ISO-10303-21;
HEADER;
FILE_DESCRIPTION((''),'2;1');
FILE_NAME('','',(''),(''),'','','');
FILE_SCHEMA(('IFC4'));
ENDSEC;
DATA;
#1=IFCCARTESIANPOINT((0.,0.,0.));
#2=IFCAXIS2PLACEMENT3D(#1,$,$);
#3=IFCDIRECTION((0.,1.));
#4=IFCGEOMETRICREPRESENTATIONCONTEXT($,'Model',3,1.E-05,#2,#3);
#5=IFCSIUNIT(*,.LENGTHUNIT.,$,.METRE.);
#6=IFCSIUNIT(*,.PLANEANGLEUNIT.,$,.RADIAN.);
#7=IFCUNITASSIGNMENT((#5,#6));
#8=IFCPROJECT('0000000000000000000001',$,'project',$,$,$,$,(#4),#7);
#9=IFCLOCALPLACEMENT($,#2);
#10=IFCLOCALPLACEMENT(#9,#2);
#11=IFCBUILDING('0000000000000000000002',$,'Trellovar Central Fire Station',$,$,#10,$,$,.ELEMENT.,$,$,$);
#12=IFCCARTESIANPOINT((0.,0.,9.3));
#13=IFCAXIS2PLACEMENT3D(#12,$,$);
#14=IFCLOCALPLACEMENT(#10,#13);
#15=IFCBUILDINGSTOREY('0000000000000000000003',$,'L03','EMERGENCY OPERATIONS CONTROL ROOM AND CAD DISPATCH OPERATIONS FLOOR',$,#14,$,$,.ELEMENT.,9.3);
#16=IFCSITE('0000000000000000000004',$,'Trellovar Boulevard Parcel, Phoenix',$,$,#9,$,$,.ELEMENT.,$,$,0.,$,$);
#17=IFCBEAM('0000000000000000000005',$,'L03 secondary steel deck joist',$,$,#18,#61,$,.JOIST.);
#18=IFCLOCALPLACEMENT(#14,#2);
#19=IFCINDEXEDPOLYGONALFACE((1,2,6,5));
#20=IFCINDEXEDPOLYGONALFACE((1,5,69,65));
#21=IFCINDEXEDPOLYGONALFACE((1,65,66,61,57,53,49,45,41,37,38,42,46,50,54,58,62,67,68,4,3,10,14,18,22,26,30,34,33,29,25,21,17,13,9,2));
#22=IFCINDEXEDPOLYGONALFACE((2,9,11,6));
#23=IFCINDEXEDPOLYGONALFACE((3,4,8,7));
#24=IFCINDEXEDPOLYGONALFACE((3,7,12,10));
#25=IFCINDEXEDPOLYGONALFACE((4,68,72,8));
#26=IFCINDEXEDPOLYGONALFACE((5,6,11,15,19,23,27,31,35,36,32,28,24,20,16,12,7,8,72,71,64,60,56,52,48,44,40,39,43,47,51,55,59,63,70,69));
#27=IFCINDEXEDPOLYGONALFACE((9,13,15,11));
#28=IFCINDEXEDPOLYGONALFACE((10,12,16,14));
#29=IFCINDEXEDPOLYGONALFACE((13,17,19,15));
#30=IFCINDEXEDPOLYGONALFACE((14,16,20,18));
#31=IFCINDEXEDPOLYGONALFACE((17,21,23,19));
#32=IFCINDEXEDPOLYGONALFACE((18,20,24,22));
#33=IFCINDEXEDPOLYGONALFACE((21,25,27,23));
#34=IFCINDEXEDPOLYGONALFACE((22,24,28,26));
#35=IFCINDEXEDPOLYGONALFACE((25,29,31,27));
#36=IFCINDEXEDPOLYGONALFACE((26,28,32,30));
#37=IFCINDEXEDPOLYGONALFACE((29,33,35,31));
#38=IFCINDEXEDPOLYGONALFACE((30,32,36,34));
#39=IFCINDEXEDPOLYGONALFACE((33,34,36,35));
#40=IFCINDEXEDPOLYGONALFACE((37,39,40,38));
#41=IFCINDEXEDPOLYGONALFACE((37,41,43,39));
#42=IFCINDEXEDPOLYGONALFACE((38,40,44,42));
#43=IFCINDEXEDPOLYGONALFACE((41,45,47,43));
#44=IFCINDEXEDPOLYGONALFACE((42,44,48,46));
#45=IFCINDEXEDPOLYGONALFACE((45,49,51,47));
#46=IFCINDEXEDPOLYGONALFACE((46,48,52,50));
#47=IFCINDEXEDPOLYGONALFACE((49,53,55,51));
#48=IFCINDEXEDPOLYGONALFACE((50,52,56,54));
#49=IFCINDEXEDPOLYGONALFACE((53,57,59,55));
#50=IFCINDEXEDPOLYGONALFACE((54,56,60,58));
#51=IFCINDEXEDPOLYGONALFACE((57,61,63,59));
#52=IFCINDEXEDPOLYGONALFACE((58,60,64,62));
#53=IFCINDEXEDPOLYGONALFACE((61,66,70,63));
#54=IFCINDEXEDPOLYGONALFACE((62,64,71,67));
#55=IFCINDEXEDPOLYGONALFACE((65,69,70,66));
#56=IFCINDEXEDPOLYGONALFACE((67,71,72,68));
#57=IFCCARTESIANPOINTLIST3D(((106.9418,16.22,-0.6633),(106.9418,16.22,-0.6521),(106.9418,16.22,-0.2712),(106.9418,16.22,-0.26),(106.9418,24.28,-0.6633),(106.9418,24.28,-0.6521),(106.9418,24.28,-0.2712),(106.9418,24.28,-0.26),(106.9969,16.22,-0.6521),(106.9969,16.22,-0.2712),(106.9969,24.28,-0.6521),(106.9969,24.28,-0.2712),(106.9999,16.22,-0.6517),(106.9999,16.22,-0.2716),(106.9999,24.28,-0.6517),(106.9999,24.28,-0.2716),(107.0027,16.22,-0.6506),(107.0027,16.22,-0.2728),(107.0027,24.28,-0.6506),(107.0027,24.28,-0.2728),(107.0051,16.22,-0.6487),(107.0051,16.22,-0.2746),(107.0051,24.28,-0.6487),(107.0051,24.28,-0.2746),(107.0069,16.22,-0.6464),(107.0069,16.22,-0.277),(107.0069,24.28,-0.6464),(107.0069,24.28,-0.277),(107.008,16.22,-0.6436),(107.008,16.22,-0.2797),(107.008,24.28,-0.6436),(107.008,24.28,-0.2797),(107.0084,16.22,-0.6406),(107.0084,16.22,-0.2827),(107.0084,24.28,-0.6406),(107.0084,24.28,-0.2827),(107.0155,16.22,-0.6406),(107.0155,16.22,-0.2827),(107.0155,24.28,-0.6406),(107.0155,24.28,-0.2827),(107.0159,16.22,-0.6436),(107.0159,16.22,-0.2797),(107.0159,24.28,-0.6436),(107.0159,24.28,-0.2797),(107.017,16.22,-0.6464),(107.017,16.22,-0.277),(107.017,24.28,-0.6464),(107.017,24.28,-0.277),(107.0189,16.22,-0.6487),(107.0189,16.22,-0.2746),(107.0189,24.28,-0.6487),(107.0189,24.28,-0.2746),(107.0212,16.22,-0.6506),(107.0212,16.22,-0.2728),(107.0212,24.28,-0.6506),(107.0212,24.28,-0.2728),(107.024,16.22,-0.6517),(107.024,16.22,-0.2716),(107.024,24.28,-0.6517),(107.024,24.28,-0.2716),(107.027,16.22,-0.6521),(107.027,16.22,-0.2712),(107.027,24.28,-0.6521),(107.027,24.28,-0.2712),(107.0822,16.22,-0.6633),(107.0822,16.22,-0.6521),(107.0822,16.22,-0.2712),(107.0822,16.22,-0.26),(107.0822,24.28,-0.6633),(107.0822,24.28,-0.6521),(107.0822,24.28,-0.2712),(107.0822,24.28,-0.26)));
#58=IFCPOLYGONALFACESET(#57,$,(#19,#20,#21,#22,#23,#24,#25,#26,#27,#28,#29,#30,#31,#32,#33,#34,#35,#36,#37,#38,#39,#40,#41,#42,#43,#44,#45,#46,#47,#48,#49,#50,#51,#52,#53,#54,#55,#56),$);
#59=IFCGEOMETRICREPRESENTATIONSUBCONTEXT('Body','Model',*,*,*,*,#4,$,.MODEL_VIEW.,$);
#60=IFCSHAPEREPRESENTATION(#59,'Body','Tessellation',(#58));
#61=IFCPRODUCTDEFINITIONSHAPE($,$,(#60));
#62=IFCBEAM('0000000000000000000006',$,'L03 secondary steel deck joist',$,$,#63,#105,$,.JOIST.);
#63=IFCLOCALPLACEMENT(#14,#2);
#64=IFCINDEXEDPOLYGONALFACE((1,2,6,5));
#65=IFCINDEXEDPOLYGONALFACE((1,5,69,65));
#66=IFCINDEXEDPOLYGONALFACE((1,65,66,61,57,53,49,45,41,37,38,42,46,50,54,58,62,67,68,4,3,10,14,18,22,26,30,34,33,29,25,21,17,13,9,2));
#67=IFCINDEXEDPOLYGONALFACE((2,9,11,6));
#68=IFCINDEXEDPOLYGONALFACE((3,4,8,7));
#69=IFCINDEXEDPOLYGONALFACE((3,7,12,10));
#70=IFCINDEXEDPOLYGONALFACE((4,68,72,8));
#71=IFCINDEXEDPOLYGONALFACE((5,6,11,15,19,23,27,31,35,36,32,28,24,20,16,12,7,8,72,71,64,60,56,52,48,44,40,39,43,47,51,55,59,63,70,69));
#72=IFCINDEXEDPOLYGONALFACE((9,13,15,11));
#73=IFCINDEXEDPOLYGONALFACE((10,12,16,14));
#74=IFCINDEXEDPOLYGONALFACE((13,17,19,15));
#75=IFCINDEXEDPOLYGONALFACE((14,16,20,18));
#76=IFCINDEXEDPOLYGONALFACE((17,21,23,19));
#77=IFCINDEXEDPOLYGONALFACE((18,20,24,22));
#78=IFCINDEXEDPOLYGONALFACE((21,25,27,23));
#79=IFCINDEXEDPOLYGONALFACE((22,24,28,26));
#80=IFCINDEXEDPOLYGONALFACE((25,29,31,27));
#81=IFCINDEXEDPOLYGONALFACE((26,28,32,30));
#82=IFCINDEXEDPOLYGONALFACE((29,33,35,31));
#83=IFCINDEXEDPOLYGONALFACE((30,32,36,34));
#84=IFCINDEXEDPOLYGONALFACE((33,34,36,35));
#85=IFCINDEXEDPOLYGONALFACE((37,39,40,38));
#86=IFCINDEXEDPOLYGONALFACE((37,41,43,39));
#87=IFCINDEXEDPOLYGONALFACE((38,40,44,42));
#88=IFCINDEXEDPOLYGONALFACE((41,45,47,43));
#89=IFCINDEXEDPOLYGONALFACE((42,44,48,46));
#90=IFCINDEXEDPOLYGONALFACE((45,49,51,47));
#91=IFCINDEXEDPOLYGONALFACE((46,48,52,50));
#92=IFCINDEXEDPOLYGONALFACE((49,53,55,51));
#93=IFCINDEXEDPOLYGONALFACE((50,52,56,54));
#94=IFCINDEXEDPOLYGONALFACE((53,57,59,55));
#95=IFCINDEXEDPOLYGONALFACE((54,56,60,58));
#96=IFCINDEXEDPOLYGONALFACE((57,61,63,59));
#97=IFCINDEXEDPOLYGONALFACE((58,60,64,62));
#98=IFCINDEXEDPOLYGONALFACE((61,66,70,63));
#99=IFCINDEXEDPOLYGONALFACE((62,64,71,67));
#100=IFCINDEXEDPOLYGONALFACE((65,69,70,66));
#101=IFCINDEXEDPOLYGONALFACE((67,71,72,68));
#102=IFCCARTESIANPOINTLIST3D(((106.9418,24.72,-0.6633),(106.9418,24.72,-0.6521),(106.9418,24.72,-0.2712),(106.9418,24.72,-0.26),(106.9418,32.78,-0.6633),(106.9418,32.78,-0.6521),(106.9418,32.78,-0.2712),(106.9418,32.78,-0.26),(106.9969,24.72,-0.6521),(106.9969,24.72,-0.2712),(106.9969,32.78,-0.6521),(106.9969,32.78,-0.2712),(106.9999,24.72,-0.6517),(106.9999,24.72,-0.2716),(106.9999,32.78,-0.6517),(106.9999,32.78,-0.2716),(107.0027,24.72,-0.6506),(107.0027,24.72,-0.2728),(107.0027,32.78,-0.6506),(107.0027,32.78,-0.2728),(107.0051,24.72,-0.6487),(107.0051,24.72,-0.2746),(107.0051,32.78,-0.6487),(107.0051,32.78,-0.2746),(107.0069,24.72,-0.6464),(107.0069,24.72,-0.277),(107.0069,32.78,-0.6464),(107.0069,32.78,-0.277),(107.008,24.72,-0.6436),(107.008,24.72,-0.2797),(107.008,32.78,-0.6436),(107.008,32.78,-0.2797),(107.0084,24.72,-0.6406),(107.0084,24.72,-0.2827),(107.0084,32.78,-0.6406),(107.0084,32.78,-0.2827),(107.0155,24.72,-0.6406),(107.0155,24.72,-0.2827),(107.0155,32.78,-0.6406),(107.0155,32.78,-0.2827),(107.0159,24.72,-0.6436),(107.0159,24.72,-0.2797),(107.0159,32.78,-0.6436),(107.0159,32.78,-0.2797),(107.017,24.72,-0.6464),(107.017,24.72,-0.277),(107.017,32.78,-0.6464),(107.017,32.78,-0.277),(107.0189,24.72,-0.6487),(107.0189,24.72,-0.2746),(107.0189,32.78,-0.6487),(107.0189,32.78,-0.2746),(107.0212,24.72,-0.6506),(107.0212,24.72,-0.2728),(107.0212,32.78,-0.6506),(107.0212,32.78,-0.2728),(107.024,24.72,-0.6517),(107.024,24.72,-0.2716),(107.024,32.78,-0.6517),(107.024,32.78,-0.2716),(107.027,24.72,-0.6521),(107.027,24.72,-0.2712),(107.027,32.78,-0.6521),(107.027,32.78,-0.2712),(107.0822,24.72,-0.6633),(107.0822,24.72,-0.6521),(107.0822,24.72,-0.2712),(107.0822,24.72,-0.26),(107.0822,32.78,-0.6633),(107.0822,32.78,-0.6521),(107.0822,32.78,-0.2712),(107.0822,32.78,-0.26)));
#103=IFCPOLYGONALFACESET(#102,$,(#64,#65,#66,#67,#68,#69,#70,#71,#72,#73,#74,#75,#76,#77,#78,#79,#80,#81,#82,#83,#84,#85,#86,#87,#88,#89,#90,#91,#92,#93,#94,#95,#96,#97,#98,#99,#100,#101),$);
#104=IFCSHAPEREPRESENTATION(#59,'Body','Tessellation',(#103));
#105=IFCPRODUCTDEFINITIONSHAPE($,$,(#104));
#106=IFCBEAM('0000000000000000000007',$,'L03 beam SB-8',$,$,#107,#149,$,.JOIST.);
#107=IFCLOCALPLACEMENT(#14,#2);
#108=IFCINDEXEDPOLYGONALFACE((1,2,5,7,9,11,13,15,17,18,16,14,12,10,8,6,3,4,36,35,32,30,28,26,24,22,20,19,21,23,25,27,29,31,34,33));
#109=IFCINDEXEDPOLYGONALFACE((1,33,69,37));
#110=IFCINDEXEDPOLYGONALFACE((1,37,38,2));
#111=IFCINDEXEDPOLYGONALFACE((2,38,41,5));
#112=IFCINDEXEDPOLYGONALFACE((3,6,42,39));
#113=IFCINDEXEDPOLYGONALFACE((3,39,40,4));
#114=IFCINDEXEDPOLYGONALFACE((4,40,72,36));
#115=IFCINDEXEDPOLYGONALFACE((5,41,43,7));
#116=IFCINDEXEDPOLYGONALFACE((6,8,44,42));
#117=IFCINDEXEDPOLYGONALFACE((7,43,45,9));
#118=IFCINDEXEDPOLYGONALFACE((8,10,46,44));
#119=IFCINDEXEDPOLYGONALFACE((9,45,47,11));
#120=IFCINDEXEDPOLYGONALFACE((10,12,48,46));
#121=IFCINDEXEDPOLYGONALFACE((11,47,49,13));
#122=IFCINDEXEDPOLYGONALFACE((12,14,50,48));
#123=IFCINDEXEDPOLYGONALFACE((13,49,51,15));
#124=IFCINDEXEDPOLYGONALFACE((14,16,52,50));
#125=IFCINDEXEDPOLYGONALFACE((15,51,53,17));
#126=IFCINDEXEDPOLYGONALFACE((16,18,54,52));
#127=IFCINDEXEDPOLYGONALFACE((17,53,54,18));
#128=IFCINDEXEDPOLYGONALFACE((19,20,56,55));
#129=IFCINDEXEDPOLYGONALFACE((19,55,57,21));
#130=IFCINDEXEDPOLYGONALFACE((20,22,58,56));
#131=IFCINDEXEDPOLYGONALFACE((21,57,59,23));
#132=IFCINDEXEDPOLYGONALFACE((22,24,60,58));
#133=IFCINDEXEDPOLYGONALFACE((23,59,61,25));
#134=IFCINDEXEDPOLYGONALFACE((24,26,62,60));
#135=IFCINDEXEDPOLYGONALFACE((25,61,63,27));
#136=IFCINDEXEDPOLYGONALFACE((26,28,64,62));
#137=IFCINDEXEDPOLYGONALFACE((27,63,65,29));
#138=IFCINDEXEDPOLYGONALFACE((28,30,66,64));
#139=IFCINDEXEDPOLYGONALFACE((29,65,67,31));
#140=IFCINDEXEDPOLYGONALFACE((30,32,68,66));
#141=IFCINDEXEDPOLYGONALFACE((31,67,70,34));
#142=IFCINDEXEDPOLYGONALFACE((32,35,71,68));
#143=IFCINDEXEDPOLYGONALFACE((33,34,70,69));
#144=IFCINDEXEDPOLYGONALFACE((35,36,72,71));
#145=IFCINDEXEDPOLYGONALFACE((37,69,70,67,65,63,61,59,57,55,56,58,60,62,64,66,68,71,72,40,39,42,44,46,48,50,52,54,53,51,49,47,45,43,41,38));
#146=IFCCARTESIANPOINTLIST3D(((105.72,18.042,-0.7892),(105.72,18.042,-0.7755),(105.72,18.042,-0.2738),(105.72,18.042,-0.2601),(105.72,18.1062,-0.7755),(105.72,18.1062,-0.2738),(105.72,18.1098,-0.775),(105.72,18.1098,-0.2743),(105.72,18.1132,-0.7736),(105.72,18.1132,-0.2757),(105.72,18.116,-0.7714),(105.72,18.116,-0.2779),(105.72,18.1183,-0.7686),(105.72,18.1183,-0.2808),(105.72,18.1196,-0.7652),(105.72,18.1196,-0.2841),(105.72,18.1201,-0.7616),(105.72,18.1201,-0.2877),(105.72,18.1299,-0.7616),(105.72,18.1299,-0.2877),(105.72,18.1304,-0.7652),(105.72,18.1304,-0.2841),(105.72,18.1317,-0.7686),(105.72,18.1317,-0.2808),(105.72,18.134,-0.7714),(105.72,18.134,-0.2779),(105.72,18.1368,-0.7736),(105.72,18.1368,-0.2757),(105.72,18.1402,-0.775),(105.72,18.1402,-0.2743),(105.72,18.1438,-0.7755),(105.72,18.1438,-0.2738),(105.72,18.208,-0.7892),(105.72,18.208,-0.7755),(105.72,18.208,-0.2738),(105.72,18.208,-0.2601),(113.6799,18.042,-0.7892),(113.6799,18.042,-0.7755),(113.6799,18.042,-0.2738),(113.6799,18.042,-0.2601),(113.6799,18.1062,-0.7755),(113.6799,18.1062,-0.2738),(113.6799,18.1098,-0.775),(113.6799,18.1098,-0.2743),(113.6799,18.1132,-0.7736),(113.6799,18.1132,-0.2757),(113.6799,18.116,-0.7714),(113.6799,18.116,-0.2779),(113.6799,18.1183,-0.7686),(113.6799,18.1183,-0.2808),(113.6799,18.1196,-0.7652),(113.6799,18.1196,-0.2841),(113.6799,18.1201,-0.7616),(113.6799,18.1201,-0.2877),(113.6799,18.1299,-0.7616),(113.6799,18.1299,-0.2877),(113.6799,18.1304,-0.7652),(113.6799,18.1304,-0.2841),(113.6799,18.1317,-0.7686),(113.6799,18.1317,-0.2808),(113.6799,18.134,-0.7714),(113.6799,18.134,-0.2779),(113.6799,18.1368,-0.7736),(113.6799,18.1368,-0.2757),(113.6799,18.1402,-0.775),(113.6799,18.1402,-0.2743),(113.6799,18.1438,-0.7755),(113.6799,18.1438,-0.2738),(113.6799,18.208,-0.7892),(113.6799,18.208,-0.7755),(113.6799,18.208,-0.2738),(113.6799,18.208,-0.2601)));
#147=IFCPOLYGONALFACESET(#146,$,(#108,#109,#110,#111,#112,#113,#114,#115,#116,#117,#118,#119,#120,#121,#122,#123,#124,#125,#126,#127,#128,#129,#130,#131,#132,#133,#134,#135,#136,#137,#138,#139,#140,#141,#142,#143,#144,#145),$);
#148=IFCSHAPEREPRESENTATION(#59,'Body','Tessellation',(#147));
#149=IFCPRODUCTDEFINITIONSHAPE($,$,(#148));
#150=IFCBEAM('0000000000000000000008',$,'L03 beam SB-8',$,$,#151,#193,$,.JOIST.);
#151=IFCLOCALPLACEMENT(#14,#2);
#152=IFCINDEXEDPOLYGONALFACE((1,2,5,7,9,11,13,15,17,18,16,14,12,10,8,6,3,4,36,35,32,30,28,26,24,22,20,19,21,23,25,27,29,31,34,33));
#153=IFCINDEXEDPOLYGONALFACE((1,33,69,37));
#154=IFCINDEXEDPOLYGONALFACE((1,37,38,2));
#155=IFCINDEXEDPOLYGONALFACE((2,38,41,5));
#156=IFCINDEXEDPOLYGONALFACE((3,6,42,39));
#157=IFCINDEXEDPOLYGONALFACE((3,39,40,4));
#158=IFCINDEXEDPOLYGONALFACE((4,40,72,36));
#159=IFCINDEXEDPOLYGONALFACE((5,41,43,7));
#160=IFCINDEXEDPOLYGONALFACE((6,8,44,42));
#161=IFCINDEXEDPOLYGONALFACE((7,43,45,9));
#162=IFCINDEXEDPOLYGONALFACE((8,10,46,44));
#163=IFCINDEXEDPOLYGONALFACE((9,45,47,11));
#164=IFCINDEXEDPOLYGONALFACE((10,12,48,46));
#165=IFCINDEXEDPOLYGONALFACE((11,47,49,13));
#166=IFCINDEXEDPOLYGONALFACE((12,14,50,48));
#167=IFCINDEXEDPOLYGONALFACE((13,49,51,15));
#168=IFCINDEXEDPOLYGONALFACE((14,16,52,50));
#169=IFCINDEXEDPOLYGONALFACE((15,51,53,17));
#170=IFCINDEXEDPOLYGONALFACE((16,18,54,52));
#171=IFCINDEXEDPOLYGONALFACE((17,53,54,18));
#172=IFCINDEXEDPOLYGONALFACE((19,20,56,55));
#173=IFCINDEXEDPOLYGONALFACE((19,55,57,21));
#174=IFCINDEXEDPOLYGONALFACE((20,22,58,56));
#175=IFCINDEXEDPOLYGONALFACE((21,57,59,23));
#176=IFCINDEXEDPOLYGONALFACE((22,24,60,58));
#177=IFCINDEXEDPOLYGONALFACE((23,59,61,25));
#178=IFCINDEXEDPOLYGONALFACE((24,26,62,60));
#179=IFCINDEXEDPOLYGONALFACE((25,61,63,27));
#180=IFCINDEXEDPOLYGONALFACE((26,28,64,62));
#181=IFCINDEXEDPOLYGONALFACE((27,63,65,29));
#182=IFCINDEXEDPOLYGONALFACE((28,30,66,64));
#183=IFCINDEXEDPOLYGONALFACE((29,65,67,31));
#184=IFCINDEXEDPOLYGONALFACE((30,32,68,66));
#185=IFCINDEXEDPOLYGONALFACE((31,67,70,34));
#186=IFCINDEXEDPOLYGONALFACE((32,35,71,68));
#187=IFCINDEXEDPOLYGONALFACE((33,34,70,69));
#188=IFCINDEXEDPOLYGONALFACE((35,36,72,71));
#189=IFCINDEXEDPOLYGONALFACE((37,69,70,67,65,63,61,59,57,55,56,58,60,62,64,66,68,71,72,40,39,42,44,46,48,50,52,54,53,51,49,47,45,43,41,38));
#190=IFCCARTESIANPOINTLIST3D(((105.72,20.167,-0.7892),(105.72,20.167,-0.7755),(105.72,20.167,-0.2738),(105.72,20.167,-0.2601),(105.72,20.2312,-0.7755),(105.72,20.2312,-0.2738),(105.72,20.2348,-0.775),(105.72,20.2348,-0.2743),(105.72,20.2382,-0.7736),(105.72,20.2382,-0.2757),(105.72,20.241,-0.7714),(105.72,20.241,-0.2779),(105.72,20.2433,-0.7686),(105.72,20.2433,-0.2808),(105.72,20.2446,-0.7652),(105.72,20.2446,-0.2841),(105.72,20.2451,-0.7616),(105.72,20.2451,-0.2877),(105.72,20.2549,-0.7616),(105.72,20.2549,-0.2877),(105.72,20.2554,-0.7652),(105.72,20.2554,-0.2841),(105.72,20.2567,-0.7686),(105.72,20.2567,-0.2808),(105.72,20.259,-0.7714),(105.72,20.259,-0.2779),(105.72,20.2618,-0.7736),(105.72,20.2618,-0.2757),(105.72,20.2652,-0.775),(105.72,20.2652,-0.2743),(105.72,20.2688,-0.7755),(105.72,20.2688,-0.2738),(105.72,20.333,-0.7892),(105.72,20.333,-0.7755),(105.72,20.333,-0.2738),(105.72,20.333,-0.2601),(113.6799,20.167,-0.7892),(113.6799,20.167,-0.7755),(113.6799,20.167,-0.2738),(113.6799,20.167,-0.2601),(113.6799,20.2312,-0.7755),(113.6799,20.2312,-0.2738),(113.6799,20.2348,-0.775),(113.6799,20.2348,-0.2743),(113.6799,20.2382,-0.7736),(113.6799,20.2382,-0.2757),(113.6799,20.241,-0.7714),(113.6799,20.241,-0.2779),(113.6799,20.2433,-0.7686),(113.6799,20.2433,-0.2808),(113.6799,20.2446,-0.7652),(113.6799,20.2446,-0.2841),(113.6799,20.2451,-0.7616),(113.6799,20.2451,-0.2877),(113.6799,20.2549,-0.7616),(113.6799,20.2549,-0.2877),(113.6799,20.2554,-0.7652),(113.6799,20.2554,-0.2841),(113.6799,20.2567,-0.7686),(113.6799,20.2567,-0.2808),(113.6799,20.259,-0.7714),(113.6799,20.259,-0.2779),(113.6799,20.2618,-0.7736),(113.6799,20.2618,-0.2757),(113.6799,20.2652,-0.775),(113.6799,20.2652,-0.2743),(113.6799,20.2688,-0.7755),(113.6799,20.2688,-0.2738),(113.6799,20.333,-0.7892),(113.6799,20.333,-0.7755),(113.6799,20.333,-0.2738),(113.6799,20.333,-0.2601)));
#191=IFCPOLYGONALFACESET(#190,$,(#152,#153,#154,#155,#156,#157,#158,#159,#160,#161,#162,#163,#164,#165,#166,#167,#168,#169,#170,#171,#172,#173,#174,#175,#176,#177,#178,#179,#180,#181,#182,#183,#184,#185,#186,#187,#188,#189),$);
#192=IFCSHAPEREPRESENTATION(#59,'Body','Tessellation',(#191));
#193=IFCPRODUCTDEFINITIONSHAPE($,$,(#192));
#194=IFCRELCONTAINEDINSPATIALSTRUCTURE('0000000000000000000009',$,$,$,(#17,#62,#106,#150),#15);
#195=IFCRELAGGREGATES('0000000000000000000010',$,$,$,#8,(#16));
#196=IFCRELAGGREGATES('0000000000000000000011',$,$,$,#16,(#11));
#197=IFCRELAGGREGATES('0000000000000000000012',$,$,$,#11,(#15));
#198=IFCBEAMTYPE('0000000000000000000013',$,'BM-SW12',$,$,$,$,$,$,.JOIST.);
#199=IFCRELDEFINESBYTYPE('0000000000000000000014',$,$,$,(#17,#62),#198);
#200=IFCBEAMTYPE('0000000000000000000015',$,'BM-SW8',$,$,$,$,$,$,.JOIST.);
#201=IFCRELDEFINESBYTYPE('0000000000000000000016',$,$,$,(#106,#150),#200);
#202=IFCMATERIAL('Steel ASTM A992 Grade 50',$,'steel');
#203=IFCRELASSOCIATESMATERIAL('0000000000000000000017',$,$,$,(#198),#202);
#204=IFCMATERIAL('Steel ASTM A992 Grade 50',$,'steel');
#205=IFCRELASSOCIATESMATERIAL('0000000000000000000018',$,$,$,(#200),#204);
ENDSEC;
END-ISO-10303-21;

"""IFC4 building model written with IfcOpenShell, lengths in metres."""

from ifc_helpers import new_model, si_unit, direction, frame, origin, origin_2d, place, context, subcontext, project, spatial, i_section, extrude, material, material_profile, profile_set, type_object, element, save


model = new_model("IFC4")

# Units and contexts
model_context = context("Model", 3, precision=1e-05, world=origin(), true_north=direction((0.0, 1.0)))
body_context = subcontext(model_context, "Body", "Model", "MODEL_VIEW")
ifc_project = project(units=[si_unit("LENGTHUNIT", "METRE"), si_unit("PLANEANGLEUNIT", "RADIAN")], contexts=[model_context])

# Site, building, storey
site_placement = place(None, origin())
site = spatial("IfcSite", under=ifc_project, at=site_placement, Name="Trellovar Boulevard Parcel, Phoenix", CompositionType="ELEMENT", RefElevation=0.0)
building_placement = place(site_placement, origin())
building = spatial("IfcBuilding", under=site, at=building_placement, Name="Trellovar Central Fire Station", CompositionType="ELEMENT")
storey_placement = place(building_placement, frame((0.0, 0.0, 9.3)))
storey = spatial("IfcBuildingStorey", under=building, at=storey_placement, Name="L03", Description="EMERGENCY OPERATIONS CONTROL ROOM AND CAD DISPATCH OPERATIONS FLOOR", CompositionType="ELEMENT", Elevation=9.3)

# Beams
ifc_material_1 = material(Name="Steel ASTM A992 Grade 50", Category="steel")
ifc_material_profile_1 = material_profile(ifc_material_1, i_section(OverallWidth=0.1404, OverallDepth=0.4033, WebThickness=0.0071, FlangeThickness=0.0112, FilletRadius=0.0115, at=origin_2d()), Name="W16X31")
ifc_profile_set_1 = profile_set([ifc_material_profile_1], Name="Steel ASTM A992 Grade 50")
beam_type_1 = type_object("IfcBeamType", Name="BM-SW12", PredefinedType="JOIST", material=ifc_profile_set_1)
for number, where, z_axis, x_axis, name in (
    (1, (107.012, 16.22, -0.4617), (0.0, 1.0, 0.0), (-1.0, 0.0, 0.0), "L03 secondary steel deck joist"),
    (2, (107.012, 24.72, -0.4617), (0.0, 1.0, 0.0), (-1.0, 0.0, 0.0), "L03 secondary steel deck joist"),
):
    element("IfcBeam", number, at=place(storey_placement, frame(where, z_axis=z_axis, x_axis=x_axis)), inside=storey, type_object=beam_type_1, Name=name, PredefinedType="JOIST", context=body_context, shape_type="SweptSolid", body=[
        extrude(i_section(OverallWidth=0.1404, OverallDepth=0.4033, WebThickness=0.0071, FlangeThickness=0.0112, FilletRadius=0.0115, at=origin_2d()), origin(), (0.0, 0.0, 1.0), 8.0601),
    ])
ifc_material_2 = material(Name="Steel ASTM A992 Grade 50", Category="steel")
ifc_material_profile_2 = material_profile(ifc_material_2, i_section(OverallWidth=0.166, OverallDepth=0.5291, WebThickness=0.0098, FlangeThickness=0.0137, FilletRadius=0.0139, at=origin_2d()), Name="W21X50")
ifc_profile_set_2 = profile_set([ifc_material_profile_2], Name="Steel ASTM A992 Grade 50")
beam_type_2 = type_object("IfcBeamType", Name="BM-SW8", PredefinedType="JOIST", material=ifc_profile_set_2)
for number, where, z_axis, x_axis, name in (
    (3, (105.72, 18.125, -0.5247), (1.0, 0.0, 0.0), (0.0, 1.0, 0.0), "L03 beam SB-8"),
    (4, (105.72, 20.25, -0.5247), (1.0, 0.0, 0.0), (0.0, 1.0, 0.0), "L03 beam SB-8"),
):
    element("IfcBeam", number, at=place(storey_placement, frame(where, z_axis=z_axis, x_axis=x_axis)), inside=storey, type_object=beam_type_2, Name=name, PredefinedType="JOIST", context=body_context, shape_type="SweptSolid", body=[
        extrude(i_section(OverallWidth=0.166, OverallDepth=0.5291, WebThickness=0.0098, FlangeThickness=0.0137, FilletRadius=0.0139, at=origin_2d()), origin(), (0.0, 0.0, 1.0), 7.96),
    ])

save(model, "model.ifc")
